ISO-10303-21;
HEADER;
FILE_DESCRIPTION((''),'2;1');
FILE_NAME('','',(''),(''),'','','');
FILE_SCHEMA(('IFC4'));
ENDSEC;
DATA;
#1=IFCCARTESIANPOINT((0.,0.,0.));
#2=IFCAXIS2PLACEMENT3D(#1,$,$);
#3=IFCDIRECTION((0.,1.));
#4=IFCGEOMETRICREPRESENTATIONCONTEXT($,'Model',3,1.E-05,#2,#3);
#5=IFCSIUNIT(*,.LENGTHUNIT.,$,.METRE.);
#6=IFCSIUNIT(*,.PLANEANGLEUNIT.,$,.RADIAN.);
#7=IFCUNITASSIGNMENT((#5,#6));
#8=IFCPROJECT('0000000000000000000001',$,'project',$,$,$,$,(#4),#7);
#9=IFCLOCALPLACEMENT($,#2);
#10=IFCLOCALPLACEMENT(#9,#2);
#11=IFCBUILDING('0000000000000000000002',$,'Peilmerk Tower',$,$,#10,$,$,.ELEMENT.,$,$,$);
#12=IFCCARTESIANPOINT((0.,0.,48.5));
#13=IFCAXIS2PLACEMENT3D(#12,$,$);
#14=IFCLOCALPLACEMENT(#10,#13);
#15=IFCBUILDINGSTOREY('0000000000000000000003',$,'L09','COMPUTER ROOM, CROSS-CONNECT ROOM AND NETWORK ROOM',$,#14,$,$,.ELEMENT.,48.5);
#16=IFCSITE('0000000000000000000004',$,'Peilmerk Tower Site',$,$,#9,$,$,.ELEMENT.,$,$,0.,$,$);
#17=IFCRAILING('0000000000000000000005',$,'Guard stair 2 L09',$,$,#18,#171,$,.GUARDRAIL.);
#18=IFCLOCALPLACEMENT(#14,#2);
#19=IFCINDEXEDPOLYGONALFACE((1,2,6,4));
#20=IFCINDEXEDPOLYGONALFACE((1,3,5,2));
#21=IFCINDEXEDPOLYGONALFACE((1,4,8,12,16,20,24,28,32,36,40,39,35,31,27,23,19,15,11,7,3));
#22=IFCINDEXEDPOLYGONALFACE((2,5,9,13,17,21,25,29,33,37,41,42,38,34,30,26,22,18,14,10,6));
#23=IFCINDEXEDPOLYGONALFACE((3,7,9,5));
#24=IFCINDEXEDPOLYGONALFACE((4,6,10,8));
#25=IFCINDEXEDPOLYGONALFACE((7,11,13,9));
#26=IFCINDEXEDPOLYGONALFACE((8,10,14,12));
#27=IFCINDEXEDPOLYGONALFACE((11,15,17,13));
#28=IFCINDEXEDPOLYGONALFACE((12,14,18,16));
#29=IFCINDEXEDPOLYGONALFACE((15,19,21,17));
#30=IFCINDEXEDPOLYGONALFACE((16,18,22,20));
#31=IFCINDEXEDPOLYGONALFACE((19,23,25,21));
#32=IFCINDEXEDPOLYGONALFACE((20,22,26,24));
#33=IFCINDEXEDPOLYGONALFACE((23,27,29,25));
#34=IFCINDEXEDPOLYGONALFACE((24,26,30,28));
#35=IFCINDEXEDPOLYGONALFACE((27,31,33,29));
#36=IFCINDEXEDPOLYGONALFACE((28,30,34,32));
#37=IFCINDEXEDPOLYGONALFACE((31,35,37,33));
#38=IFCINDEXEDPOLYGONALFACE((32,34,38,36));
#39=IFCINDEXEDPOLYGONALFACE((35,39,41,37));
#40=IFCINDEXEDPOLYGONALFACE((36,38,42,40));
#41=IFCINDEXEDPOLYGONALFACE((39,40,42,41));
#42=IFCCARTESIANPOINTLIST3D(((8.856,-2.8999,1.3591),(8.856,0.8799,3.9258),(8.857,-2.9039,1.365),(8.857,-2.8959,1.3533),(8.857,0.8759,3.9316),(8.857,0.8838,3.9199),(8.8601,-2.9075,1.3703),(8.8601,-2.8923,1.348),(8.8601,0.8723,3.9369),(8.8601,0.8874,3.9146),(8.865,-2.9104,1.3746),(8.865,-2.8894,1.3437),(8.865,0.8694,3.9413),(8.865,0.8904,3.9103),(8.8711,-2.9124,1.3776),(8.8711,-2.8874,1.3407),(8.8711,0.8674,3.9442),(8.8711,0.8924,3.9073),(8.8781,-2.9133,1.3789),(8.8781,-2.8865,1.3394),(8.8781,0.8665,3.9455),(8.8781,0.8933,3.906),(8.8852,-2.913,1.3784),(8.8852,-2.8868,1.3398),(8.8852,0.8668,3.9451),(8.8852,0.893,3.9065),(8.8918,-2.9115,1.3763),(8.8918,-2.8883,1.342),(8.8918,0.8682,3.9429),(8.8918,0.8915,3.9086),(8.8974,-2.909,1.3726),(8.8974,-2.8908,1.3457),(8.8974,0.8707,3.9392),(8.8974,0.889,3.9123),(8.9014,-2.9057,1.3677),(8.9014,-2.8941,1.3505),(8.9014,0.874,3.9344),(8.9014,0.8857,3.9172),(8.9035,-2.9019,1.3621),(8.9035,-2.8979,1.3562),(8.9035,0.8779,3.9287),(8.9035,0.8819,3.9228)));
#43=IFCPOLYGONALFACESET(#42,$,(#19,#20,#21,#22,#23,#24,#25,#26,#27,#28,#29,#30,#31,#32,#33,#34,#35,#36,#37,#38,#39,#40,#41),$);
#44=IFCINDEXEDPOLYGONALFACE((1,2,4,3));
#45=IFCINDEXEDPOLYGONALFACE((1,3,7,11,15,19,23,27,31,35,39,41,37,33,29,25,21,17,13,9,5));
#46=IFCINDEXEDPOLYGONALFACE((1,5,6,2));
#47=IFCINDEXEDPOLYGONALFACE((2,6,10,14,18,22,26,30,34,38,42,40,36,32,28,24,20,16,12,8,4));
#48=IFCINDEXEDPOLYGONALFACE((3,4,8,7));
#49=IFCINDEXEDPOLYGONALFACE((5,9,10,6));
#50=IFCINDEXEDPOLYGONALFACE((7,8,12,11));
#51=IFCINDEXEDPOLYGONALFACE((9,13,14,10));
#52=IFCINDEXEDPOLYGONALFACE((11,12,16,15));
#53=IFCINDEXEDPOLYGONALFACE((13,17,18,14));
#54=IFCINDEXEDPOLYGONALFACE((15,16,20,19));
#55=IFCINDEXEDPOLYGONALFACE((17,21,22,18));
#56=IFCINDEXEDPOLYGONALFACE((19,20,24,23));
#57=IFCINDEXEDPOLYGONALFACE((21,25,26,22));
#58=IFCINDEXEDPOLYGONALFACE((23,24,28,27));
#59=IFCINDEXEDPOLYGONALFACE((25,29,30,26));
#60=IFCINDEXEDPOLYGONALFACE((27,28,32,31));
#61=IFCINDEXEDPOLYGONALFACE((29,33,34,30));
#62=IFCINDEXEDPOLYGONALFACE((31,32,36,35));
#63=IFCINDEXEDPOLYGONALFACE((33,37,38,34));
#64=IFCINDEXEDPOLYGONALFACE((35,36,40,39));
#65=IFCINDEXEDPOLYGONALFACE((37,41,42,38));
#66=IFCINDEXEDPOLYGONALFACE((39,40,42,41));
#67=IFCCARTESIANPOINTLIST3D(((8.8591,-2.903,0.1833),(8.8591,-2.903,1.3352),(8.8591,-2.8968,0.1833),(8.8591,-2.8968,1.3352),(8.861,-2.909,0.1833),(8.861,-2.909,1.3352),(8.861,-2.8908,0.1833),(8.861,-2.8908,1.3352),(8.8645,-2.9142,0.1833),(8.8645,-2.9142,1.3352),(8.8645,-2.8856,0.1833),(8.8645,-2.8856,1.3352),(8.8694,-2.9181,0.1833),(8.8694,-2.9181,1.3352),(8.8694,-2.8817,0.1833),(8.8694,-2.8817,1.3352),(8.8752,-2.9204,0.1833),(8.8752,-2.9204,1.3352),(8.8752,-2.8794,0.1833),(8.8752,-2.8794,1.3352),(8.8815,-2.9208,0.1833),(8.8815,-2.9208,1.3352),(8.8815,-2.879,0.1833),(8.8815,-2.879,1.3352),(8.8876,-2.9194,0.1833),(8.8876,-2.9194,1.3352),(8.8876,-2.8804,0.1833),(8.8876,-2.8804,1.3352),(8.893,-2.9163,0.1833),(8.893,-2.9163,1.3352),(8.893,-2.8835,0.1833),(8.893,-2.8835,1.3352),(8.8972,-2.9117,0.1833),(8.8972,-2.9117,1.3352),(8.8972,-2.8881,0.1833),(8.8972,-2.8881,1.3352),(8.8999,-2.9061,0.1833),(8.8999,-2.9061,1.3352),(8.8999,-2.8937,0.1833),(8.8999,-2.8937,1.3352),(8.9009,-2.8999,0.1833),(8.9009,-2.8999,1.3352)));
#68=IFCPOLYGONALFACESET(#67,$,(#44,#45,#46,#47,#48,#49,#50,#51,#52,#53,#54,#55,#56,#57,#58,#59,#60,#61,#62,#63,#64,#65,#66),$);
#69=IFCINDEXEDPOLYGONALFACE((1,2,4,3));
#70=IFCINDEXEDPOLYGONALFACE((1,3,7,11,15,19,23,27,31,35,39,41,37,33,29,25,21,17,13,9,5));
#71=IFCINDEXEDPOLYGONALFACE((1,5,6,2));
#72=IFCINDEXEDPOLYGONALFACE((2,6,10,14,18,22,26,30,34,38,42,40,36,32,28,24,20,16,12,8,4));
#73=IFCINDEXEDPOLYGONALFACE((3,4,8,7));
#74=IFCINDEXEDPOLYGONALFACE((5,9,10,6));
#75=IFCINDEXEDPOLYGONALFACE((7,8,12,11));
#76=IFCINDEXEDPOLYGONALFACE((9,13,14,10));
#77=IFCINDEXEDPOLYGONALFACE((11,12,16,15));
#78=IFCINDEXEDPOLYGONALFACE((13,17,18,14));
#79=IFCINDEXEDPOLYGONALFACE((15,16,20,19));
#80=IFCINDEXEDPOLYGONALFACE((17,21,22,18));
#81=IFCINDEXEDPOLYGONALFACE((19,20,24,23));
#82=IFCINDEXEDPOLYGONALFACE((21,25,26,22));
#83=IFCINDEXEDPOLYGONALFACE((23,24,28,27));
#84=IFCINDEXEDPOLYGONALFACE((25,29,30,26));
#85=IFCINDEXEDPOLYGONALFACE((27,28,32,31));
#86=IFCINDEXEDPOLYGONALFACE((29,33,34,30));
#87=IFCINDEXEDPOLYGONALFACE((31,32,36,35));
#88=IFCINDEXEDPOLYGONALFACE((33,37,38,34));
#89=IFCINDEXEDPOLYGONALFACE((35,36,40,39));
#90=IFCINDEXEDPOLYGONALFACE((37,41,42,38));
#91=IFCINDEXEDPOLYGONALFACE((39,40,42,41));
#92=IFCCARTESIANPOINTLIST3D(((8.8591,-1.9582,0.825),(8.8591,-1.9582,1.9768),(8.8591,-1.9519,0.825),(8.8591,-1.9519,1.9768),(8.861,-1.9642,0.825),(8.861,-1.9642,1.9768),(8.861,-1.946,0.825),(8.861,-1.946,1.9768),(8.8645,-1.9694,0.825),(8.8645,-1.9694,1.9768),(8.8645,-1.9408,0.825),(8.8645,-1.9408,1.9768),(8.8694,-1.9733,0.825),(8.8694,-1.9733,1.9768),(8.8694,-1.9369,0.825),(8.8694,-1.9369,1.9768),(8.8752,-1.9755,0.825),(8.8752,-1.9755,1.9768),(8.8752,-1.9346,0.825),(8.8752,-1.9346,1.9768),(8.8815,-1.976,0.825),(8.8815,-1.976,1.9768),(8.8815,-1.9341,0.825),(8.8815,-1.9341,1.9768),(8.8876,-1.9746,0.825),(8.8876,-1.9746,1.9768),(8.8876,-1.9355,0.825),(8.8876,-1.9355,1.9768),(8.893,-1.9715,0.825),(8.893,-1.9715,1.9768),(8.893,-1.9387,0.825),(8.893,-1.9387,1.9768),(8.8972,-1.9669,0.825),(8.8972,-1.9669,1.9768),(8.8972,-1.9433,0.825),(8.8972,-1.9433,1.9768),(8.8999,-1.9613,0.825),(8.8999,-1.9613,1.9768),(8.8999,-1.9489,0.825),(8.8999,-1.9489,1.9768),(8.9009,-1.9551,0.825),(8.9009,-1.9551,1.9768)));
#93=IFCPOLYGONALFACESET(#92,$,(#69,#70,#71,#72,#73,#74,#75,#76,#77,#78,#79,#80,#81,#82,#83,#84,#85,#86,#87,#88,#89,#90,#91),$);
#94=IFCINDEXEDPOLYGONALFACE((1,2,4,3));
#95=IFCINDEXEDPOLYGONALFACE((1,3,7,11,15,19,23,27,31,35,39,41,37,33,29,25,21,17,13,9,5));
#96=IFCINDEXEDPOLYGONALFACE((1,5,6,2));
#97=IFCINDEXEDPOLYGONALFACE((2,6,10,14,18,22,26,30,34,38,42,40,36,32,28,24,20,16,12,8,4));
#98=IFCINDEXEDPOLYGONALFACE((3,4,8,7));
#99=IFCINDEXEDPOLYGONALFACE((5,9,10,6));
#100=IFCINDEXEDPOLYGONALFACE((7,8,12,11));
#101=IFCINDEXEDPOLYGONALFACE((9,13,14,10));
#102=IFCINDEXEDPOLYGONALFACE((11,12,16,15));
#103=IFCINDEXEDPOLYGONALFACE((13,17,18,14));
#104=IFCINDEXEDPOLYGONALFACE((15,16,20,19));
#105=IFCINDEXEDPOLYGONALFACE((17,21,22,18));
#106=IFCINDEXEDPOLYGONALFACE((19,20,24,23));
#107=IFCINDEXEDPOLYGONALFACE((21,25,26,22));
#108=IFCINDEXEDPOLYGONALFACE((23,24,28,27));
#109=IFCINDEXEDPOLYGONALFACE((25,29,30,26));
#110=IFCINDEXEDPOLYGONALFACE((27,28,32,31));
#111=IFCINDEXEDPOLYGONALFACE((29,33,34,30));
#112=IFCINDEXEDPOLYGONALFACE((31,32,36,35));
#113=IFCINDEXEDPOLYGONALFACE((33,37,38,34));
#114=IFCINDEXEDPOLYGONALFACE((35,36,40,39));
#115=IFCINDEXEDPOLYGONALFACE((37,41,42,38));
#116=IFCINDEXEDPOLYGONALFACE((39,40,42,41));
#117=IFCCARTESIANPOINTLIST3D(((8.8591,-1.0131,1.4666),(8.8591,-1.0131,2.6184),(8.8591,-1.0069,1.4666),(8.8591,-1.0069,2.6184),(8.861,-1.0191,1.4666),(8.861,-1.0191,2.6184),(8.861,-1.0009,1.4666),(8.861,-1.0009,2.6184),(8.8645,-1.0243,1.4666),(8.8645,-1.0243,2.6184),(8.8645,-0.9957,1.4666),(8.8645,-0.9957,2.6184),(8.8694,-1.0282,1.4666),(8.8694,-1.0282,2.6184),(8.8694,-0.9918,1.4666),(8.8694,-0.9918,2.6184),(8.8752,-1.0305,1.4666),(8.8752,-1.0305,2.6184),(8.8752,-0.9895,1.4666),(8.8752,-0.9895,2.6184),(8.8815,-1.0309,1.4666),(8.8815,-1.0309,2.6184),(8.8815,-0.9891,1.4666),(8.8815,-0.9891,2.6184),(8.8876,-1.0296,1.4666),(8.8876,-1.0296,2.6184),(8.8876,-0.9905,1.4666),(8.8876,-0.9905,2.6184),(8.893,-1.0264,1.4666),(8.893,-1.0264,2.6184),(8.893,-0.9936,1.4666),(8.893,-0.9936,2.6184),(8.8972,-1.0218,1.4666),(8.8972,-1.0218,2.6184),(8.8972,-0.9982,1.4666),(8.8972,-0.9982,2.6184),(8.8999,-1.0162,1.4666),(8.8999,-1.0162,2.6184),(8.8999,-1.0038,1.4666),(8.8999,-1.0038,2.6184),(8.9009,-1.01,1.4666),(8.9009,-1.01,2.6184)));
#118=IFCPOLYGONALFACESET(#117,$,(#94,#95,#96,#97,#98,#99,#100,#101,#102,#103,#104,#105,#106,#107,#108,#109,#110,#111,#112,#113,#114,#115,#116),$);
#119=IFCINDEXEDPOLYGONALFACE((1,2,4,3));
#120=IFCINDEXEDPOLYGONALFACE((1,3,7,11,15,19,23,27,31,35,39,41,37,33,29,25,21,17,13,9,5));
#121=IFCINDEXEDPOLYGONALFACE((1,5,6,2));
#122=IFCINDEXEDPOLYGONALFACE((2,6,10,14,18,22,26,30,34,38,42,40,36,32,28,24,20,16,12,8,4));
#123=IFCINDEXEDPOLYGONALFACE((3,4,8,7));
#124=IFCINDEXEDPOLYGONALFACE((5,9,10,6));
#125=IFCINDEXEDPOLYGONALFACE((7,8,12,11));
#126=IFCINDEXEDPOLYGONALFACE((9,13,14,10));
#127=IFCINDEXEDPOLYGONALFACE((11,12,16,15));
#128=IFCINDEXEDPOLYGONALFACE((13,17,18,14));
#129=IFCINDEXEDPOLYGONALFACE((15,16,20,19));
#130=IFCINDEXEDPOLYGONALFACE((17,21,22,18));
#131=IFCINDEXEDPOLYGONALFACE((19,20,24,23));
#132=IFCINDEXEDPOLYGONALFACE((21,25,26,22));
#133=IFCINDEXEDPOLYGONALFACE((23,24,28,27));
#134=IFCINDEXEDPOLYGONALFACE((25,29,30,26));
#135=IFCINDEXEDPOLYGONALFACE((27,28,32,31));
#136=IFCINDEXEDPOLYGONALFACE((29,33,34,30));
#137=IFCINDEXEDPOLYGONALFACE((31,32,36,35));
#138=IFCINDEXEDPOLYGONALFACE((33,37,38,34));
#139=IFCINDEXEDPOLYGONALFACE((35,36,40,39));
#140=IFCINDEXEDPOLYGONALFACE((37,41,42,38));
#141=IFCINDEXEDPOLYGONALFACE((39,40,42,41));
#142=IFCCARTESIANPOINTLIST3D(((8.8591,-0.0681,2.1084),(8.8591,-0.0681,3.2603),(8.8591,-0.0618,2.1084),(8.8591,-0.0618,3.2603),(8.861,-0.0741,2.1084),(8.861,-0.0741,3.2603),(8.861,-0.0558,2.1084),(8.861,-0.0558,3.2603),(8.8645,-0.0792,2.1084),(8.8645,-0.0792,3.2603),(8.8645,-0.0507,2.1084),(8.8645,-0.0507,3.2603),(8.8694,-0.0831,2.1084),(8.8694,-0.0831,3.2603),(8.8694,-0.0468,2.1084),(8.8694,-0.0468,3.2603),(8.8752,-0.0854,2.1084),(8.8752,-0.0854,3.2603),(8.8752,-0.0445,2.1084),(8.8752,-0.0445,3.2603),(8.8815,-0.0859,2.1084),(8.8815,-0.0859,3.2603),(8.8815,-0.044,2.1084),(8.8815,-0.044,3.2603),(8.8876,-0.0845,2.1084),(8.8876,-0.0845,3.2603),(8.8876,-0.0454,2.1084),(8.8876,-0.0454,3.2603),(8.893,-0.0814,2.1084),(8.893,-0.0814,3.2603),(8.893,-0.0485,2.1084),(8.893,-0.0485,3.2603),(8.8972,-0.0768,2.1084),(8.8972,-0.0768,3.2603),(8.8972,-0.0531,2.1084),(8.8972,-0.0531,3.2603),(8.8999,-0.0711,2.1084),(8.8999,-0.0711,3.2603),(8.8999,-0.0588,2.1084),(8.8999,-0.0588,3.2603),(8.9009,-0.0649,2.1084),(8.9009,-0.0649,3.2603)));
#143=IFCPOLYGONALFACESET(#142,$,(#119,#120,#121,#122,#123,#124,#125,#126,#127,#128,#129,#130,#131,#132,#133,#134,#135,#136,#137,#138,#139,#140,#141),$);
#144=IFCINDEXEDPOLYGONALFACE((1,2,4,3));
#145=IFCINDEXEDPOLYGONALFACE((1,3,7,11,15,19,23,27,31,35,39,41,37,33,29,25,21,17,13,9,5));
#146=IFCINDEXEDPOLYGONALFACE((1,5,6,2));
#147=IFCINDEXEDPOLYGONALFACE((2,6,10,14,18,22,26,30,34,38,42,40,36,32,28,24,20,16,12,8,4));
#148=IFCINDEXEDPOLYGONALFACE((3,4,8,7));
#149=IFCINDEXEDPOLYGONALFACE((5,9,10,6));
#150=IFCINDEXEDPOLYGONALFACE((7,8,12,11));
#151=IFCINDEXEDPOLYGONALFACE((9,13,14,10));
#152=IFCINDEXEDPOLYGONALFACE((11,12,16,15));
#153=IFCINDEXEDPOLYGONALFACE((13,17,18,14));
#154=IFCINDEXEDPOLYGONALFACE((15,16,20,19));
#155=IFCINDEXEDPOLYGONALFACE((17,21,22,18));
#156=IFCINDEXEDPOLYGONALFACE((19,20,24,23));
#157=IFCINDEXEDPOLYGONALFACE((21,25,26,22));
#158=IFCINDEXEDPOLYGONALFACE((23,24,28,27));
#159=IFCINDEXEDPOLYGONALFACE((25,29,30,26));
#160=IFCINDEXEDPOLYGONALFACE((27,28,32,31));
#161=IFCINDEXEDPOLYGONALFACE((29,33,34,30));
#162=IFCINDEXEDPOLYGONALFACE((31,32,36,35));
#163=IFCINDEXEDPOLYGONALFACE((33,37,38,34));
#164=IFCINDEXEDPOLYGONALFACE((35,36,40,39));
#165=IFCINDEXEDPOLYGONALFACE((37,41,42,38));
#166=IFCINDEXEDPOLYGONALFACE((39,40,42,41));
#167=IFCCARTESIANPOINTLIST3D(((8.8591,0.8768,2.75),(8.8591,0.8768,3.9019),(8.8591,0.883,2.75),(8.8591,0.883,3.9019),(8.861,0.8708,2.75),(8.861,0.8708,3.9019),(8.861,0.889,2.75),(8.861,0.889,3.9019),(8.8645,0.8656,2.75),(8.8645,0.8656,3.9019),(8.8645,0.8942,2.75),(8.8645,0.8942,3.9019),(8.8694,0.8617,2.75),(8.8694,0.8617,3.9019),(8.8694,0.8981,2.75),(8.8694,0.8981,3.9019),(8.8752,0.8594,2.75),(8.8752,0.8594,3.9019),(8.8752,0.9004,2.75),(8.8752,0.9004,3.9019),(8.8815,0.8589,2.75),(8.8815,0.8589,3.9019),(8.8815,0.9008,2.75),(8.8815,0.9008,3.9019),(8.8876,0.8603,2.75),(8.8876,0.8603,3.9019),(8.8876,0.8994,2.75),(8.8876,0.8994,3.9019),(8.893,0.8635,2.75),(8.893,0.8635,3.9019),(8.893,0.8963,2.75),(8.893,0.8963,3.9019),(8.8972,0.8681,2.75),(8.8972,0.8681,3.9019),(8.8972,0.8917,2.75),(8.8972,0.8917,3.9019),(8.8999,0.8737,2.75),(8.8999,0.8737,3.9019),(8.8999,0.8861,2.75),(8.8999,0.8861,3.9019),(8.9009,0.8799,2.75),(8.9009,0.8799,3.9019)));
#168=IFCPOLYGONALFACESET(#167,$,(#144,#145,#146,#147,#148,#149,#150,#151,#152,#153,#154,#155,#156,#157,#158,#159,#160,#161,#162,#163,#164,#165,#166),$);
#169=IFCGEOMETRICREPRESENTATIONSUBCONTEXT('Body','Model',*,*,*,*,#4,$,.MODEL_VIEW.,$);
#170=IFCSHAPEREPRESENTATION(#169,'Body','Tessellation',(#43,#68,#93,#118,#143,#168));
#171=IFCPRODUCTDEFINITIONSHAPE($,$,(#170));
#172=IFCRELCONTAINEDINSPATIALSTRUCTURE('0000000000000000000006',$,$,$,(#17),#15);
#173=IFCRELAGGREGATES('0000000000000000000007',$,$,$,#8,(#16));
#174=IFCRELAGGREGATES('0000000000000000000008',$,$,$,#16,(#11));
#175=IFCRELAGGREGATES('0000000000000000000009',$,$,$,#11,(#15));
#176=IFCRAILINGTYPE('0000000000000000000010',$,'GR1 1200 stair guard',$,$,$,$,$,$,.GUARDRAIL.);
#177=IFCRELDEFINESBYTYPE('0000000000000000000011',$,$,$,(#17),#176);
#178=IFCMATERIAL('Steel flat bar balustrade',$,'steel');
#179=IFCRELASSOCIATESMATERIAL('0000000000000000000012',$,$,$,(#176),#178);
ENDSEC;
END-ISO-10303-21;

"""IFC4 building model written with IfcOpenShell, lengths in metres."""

from ifc_helpers import new_model, si_unit, direction, frame, origin, origin_2d, place, context, subcontext, project, spatial, circle, extrude, material, type_object, element, save


model = new_model("IFC4")

# Units and contexts
model_context = context("Model", 3, precision=1e-05, world=origin(), true_north=direction((0.0, 1.0)))
body_context = subcontext(model_context, "Body", "Model", "MODEL_VIEW")
ifc_project = project(units=[si_unit("LENGTHUNIT", "METRE"), si_unit("PLANEANGLEUNIT", "RADIAN")], contexts=[model_context])

# Site, building, storey
site_placement = place(None, origin())
site = spatial("IfcSite", under=ifc_project, at=site_placement, Name="Peilmerk Tower Site", CompositionType="ELEMENT", RefElevation=0.0)
building_placement = place(site_placement, origin())
building = spatial("IfcBuilding", under=site, at=building_placement, Name="Peilmerk Tower", CompositionType="ELEMENT")
storey_placement = place(building_placement, frame((0.0, 0.0, 48.5)))
storey = spatial("IfcBuildingStorey", under=building, at=storey_placement, Name="L09", Description="COMPUTER ROOM, CROSS-CONNECT ROOM AND NETWORK ROOM", CompositionType="ELEMENT", Elevation=48.5)

# Railing
ifc_material_1 = material(Name="Steel flat bar balustrade", Category="steel")
railing_type_1 = type_object("IfcRailingType", Name="GR1 1200 stair guard", PredefinedType="GUARDRAIL", material=ifc_material_1)
railing_1_placement = place(storey_placement, frame((8.8799, -2.8999, 0.1833)))
element("IfcRailing", 1, at=railing_1_placement, inside=storey, type_object=railing_type_1, Name="Guard stair 2 L09", PredefinedType="GUARDRAIL", context=body_context, shape_type="SweptSolid", body=[
    extrude(circle(Radius=0.0239, at=origin_2d()), frame((0.0, 0.0, 1.1758), z_axis=(0.0, 0.827293, 0.561771), x_axis=(-1.0, 0.0, 0.0)), (0.0, 0.0, 1.0), 4.5688),
    extrude(circle(Radius=0.021, at=origin_2d()), origin(), (0.0, 0.0, 1.0), 1.1519),
    extrude(circle(Radius=0.021, at=origin_2d()), frame((0.0, 0.9448, 0.6416)), (0.0, 0.0, 1.0), 1.1519),
    extrude(circle(Radius=0.021, at=origin_2d()), frame((0.0, 1.8899, 1.2832)), (0.0, 0.0, 1.0), 1.1519),
    extrude(circle(Radius=0.021, at=origin_2d()), frame((0.0, 2.835, 1.925)), (0.0, 0.0, 1.0), 1.1519),
    extrude(circle(Radius=0.021, at=origin_2d()), frame((0.0, 3.7798, 2.5667)), (0.0, 0.0, 1.0), 1.1519),
])

save(model, "model.ifc")
